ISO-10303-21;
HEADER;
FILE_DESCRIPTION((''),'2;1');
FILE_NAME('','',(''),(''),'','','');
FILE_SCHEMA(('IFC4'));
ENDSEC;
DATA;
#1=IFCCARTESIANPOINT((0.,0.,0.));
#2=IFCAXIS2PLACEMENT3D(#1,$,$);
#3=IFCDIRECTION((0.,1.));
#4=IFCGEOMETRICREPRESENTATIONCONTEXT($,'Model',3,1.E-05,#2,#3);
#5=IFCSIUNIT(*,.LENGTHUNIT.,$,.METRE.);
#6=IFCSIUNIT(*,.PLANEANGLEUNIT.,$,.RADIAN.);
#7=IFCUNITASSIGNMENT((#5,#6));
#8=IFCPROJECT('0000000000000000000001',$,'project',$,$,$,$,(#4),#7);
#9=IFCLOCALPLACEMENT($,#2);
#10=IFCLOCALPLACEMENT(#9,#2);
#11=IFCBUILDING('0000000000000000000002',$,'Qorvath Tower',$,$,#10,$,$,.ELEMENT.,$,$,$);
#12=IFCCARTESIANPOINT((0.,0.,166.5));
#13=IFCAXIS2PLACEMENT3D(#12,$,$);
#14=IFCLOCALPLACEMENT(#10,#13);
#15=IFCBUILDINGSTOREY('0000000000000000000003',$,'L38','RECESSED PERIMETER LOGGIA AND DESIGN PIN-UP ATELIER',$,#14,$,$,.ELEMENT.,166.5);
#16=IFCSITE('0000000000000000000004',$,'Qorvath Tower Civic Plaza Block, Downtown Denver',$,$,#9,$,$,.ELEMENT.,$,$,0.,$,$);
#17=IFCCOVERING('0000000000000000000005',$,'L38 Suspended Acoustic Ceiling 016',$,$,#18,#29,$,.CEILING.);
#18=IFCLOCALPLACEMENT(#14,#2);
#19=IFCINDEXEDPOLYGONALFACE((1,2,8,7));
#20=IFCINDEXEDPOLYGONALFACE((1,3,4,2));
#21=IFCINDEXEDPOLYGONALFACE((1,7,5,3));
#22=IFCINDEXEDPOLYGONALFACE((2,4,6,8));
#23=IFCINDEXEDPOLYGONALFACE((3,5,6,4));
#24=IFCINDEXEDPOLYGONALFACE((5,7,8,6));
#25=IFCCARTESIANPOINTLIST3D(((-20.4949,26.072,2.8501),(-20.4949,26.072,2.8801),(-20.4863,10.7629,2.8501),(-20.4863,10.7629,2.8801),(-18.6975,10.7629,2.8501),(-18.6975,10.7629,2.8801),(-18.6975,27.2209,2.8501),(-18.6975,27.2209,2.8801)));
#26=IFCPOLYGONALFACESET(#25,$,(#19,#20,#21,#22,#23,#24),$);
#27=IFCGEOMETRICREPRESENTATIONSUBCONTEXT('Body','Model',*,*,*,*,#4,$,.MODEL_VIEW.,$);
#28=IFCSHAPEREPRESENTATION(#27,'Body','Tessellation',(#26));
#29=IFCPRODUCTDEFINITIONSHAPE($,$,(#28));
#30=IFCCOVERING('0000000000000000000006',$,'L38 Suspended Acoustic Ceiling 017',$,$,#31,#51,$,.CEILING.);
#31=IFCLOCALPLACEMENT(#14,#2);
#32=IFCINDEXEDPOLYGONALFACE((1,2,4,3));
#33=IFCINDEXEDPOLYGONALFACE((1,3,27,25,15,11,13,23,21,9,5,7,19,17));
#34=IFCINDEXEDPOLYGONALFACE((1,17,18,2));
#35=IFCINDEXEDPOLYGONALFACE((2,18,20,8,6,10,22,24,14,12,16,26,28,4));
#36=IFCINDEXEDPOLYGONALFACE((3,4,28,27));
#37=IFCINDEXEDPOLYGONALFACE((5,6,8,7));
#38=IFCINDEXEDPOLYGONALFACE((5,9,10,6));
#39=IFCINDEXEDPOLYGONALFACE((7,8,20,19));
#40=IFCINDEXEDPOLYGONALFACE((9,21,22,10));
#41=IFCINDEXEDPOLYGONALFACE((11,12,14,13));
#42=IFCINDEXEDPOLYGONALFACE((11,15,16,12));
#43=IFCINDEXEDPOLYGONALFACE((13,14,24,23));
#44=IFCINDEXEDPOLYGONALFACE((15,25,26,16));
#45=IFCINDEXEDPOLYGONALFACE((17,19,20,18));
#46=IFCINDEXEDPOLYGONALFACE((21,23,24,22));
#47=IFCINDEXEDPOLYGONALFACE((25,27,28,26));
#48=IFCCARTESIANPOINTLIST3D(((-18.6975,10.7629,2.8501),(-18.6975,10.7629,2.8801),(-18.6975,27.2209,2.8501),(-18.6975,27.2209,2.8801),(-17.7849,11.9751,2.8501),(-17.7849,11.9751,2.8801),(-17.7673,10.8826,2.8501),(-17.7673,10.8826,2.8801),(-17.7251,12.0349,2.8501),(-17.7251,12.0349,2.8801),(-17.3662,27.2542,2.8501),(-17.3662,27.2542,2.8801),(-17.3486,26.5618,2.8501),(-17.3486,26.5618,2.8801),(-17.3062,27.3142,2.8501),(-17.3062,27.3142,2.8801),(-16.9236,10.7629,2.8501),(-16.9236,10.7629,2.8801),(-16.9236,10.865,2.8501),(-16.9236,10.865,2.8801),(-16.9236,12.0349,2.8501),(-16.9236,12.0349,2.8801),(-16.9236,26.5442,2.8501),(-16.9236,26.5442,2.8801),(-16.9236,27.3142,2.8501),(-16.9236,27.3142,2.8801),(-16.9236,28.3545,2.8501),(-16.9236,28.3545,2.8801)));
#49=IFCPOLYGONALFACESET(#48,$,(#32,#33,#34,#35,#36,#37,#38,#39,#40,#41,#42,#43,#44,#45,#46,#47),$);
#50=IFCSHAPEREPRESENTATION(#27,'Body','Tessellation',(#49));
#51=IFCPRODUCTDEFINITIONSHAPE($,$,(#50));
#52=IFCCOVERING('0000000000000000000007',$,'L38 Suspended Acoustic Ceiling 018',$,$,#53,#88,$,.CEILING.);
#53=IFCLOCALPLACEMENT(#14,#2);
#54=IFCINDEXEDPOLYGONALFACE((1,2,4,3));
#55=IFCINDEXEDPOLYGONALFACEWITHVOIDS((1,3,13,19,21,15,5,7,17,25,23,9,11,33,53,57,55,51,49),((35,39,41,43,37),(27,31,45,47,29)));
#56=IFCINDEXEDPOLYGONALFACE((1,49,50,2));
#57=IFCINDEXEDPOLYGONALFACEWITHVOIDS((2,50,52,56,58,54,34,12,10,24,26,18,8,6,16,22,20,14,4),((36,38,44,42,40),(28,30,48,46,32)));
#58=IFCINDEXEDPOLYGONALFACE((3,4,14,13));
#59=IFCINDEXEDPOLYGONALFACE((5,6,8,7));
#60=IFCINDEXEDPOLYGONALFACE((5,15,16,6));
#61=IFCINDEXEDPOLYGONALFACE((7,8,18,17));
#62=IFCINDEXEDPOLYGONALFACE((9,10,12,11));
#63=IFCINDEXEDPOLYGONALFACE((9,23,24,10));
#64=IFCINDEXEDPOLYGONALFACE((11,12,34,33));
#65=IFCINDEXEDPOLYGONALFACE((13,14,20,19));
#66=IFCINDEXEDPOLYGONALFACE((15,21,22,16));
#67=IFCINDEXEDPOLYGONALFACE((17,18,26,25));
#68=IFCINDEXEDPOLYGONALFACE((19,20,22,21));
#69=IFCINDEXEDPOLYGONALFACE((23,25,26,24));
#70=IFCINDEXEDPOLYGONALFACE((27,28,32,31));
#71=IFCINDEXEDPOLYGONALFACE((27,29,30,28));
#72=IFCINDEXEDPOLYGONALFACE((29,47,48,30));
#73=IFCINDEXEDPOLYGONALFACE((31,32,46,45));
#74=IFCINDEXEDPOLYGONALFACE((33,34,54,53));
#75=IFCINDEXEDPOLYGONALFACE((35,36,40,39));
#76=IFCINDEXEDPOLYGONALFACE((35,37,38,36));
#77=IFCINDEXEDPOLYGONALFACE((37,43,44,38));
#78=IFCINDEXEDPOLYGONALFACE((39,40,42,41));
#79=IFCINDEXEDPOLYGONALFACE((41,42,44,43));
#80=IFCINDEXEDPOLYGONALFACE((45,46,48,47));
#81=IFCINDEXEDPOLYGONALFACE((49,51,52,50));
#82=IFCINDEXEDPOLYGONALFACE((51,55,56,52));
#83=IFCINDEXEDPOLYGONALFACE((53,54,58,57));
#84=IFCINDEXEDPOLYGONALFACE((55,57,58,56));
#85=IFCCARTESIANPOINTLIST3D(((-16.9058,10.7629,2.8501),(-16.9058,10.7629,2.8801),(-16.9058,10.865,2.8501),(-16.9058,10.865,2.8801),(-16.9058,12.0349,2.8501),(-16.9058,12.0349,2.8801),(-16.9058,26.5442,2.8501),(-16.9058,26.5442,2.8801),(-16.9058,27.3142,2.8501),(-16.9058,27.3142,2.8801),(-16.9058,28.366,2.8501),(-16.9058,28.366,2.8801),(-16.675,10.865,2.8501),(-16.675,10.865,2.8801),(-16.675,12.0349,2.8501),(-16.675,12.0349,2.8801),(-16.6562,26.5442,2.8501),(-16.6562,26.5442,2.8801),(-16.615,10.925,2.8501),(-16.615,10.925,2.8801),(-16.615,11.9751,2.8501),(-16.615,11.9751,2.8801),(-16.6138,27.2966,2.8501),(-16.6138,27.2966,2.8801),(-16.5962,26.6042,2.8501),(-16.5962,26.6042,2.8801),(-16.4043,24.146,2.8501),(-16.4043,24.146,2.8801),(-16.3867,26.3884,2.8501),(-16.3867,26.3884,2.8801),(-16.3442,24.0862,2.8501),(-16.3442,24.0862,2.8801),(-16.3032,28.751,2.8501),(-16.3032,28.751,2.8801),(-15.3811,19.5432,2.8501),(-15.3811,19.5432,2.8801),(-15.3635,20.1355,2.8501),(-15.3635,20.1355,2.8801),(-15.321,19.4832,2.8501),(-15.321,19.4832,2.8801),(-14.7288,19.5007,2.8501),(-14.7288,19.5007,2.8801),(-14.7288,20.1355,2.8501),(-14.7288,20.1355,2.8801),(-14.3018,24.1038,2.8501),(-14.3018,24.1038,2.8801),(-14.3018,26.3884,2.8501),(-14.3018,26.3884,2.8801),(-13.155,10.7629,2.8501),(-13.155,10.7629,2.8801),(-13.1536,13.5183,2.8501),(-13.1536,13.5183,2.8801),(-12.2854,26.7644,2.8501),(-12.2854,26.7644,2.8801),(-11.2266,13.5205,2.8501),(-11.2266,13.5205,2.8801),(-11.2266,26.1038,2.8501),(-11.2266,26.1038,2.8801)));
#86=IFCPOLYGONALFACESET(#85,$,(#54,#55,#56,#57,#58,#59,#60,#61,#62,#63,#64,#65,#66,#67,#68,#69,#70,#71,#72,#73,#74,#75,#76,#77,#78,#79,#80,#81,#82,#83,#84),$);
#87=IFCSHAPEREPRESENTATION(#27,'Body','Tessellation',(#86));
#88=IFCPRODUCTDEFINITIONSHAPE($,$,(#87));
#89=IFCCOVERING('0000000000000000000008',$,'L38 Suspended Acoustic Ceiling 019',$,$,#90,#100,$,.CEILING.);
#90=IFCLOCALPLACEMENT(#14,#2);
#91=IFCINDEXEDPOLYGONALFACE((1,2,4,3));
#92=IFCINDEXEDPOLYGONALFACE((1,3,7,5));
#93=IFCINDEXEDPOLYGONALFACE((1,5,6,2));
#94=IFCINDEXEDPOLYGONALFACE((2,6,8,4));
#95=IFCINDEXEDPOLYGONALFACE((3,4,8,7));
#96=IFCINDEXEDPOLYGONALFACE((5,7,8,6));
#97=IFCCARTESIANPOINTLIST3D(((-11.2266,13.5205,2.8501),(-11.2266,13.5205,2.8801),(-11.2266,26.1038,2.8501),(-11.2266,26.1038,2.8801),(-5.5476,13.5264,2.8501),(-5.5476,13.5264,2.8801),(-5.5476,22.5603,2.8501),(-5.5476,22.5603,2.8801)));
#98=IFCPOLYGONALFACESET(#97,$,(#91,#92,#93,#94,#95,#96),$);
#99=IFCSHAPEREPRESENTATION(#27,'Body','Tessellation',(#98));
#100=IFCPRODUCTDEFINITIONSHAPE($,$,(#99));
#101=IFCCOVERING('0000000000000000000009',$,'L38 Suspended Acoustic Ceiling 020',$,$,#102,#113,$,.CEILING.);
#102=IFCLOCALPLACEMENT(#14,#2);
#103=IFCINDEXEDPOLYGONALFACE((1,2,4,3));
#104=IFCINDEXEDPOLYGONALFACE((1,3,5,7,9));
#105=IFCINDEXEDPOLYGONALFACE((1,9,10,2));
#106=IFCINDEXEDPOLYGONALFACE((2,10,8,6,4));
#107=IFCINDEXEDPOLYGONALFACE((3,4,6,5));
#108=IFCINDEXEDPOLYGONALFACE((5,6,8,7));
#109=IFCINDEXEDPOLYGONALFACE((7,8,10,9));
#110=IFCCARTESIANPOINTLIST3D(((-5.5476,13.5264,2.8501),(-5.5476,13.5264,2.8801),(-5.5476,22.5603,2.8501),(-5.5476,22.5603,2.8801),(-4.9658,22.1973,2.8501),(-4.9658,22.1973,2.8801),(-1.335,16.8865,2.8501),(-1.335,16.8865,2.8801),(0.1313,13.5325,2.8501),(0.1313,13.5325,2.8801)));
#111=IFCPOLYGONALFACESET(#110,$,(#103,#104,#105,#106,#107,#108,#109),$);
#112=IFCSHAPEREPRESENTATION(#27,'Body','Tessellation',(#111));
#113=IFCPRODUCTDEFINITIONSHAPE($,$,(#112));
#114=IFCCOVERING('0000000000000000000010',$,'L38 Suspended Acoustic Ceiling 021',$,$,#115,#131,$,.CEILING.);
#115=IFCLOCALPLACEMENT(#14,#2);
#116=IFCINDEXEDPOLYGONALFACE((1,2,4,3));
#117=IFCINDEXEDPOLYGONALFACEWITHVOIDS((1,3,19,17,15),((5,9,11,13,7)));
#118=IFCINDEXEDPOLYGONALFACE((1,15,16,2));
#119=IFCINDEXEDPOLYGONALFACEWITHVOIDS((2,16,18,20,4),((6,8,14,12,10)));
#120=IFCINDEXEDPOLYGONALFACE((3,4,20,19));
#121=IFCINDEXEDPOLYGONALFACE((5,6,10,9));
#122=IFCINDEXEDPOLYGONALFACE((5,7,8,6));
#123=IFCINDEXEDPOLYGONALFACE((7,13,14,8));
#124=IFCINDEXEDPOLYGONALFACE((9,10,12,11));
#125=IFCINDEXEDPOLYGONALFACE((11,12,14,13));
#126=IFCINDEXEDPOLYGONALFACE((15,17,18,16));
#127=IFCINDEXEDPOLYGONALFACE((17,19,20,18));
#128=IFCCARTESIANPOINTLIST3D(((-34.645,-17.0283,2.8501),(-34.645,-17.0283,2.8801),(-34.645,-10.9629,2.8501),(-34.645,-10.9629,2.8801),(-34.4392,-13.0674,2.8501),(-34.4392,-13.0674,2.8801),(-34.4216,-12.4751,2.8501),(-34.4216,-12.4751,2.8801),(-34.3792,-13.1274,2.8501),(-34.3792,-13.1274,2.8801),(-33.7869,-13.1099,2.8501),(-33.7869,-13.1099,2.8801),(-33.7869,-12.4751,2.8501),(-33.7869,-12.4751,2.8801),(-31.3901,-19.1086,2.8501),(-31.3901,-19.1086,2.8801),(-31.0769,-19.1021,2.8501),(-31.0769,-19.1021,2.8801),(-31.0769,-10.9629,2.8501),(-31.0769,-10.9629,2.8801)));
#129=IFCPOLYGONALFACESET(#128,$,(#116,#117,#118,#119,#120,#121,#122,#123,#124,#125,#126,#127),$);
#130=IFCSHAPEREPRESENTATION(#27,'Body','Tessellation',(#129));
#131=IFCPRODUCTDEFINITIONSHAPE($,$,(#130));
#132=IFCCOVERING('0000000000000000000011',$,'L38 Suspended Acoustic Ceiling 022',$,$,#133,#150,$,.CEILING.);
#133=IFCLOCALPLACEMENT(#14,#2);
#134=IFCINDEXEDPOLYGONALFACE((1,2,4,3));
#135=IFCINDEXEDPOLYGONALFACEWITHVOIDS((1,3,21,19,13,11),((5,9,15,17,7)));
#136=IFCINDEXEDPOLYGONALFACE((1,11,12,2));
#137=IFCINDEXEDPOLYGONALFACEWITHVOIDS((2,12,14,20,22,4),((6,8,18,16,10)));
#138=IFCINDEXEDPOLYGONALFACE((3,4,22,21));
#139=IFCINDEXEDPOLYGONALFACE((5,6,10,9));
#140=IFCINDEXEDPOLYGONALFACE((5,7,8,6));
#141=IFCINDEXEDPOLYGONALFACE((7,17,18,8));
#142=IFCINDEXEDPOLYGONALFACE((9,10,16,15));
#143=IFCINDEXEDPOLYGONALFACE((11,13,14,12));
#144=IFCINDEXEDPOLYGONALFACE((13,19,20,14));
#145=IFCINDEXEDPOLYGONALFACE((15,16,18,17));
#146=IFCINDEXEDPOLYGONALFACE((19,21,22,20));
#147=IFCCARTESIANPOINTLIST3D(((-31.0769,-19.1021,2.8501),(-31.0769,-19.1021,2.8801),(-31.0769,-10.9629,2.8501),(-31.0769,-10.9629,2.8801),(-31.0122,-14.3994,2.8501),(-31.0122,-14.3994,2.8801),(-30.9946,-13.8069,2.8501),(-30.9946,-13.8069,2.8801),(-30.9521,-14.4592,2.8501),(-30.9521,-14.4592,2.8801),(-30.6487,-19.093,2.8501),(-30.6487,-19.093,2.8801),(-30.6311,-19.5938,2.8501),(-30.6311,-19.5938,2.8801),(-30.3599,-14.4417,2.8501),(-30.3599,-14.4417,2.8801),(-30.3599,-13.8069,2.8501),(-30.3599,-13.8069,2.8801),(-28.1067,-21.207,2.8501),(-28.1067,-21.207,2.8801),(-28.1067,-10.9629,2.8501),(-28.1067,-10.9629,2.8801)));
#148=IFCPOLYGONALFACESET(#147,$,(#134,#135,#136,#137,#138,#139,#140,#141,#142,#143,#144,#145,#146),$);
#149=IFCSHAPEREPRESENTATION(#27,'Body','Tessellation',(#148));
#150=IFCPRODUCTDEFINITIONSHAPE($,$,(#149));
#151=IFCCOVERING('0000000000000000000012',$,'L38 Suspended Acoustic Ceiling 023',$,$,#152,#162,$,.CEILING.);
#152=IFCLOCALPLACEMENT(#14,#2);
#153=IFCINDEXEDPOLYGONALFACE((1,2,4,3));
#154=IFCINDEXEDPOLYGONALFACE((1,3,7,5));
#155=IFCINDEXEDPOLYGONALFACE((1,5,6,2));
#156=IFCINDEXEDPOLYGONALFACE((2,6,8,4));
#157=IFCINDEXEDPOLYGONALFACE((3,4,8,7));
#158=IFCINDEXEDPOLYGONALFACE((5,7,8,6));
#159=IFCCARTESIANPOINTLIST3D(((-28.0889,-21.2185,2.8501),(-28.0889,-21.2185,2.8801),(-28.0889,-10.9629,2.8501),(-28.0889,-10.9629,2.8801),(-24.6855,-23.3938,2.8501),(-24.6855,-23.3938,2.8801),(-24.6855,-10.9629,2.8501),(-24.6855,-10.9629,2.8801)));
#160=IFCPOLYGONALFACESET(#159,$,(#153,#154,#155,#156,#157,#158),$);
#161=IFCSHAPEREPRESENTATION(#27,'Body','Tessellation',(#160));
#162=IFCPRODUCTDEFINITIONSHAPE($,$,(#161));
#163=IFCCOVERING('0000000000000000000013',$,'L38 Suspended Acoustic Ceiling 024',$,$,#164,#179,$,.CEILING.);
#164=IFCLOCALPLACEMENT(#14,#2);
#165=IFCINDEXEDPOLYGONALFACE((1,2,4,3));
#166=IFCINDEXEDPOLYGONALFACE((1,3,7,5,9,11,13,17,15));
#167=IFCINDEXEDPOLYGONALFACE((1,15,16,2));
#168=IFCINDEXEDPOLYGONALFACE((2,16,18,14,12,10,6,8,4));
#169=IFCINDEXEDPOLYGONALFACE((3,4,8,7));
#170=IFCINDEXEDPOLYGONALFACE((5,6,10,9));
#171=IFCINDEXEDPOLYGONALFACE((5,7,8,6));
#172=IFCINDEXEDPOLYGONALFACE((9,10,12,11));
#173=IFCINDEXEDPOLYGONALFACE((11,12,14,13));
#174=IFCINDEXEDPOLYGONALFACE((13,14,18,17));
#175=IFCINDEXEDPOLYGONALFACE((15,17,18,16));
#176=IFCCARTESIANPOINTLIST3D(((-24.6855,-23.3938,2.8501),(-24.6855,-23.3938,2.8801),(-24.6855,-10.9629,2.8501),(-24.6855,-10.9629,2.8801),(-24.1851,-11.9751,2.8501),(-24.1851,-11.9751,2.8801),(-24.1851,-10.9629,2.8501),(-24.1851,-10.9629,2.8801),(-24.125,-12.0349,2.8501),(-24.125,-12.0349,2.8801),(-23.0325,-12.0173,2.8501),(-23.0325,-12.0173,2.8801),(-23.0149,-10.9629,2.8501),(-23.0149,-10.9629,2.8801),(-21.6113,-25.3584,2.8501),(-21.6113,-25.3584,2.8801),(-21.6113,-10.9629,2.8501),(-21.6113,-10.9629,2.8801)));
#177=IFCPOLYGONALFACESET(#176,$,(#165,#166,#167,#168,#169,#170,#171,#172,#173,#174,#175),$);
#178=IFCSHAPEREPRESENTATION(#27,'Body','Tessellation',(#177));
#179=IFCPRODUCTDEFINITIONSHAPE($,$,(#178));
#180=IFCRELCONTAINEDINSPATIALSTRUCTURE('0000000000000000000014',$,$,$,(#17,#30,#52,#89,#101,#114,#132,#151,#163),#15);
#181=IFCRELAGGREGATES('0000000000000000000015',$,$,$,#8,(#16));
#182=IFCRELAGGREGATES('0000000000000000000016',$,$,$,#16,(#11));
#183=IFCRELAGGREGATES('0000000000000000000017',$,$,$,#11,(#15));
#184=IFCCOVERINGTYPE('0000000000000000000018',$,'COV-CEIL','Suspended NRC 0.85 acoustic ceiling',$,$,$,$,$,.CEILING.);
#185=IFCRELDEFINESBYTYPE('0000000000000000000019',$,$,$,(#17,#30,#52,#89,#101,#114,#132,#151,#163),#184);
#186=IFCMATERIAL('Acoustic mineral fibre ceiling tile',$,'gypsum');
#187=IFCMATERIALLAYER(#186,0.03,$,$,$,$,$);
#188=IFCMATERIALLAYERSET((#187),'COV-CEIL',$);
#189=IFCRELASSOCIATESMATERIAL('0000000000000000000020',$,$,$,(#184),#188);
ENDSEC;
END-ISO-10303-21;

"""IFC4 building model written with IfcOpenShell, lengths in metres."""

from ifc_helpers import new_model, si_unit, direction, frame, origin, place, context, subcontext, project, spatial, polyline, outline, extrude, material, layer, layer_set, type_object, element, save


model = new_model("IFC4")

# Units and contexts
model_context = context("Model", 3, precision=1e-05, world=origin(), true_north=direction((0.0, 1.0)))
body_context = subcontext(model_context, "Body", "Model", "MODEL_VIEW")
ifc_project = project(units=[si_unit("LENGTHUNIT", "METRE"), si_unit("PLANEANGLEUNIT", "RADIAN")], contexts=[model_context])

# Site, building, storey
site_placement = place(None, origin())
site = spatial("IfcSite", under=ifc_project, at=site_placement, Name="Qorvath Tower Civic Plaza Block, Downtown Denver", CompositionType="ELEMENT", RefElevation=0.0)
building_placement = place(site_placement, origin())
building = spatial("IfcBuilding", under=site, at=building_placement, Name="Qorvath Tower", CompositionType="ELEMENT")
storey_placement = place(building_placement, frame((0.0, 0.0, 166.5)))
storey = spatial("IfcBuildingStorey", under=building, at=storey_placement, Name="L38", Description="RECESSED PERIMETER LOGGIA AND DESIGN PIN-UP ATELIER", CompositionType="ELEMENT", Elevation=166.5)

# Coverings
ifc_material_1 = material(Name="Acoustic mineral fibre ceiling tile", Category="gypsum")
ifc_layer_1 = layer(ifc_material_1, 0.03)
ifc_layer_set_1 = layer_set([ifc_layer_1], Name="COV-CEIL")
covering_type_1 = type_object("IfcCoveringType", Name="COV-CEIL", Description="Suspended NRC 0.85 acoustic ceiling", PredefinedType="CEILING", material=ifc_layer_set_1)
covering_1_placement = place(storey_placement, frame((0.0, 0.0, 2.8501)))
element("IfcCovering", 1, at=covering_1_placement, inside=storey, type_object=covering_type_1, Name="L38 Suspended Acoustic Ceiling 016", PredefinedType="CEILING", context=body_context, shape_type="SweptSolid", body=[
    extrude(outline(polyline([(-18.6975, 10.7629), (-18.6975, 27.2209), (-20.4949, 26.072), (-20.4863, 10.7629), (-18.6975, 10.7629)])), origin(), (0.0, 0.0, 1.0), 0.03),
])
covering_2_placement = place(storey_placement, frame((0.0, 0.0, 2.8501)))
element("IfcCovering", 2, at=covering_2_placement, inside=storey, type_object=covering_type_1, Name="L38 Suspended Acoustic Ceiling 017", PredefinedType="CEILING", context=body_context, shape_type="SweptSolid", body=[
    extrude(outline(polyline([(-17.7251, 12.0349), (-16.9236, 12.0349), (-16.9236, 26.5442), (-17.3486, 26.5618), (-17.3662, 27.2542), (-17.3062, 27.3142), (-16.9236, 27.3142), (-16.9236, 28.3545), (-18.6975, 27.2209), (-18.6975, 10.7629), (-16.9236, 10.7629), (-16.9236, 10.865), (-17.7673, 10.8826), (-17.7849, 11.9751), (-17.7251, 12.0349)])), origin(), (0.0, 0.0, 1.0), 0.03),
])
covering_3_placement = place(storey_placement, frame((0.0, 0.0, 2.8501)))
element("IfcCovering", 3, at=covering_3_placement, inside=storey, type_object=covering_type_1, Name="L38 Suspended Acoustic Ceiling 018", PredefinedType="CEILING", context=body_context, shape_type="SweptSolid", body=[
    extrude(outline(polyline([(-13.1536, 13.5183), (-11.2266, 13.5205), (-11.2266, 26.1038), (-12.2854, 26.7644), (-16.3032, 28.751), (-16.9058, 28.366), (-16.9058, 27.3142), (-16.6138, 27.2966), (-16.5962, 26.6042), (-16.6562, 26.5442), (-16.9058, 26.5442), (-16.9058, 12.0349), (-16.675, 12.0349), (-16.615, 11.9751), (-16.615, 10.925), (-16.675, 10.865), (-16.9058, 10.865), (-16.9058, 10.7629), (-13.155, 10.7629), (-13.1536, 13.5183)]), holes=[polyline([(-16.4043, 24.146), (-16.3867, 26.3884), (-14.3018, 26.3884), (-14.3018, 24.1038), (-16.3442, 24.0862), (-16.4043, 24.146)]), polyline([(-15.3811, 19.5432), (-15.3635, 20.1355), (-14.7288, 20.1355), (-14.7288, 19.5007), (-15.321, 19.4832), (-15.3811, 19.5432)])]), origin(), (0.0, 0.0, 1.0), 0.03),
])
covering_4_placement = place(storey_placement, frame((0.0, 0.0, 2.8501)))
element("IfcCovering", 4, at=covering_4_placement, inside=storey, type_object=covering_type_1, Name="L38 Suspended Acoustic Ceiling 019", PredefinedType="CEILING", context=body_context, shape_type="SweptSolid", body=[
    extrude(outline(polyline([(-11.2266, 26.1038), (-11.2266, 13.5205), (-5.5476, 13.5264), (-5.5476, 22.5603), (-11.2266, 26.1038)])), origin(), (0.0, 0.0, 1.0), 0.03),
])
covering_5_placement = place(storey_placement, frame((0.0, 0.0, 2.8501)))
element("IfcCovering", 5, at=covering_5_placement, inside=storey, type_object=covering_type_1, Name="L38 Suspended Acoustic Ceiling 020", PredefinedType="CEILING", context=body_context, shape_type="SweptSolid", body=[
    extrude(outline(polyline([(-5.5476, 22.5603), (-5.5476, 13.5264), (0.1313, 13.5325), (-1.335, 16.8865), (-4.9658, 22.1973), (-5.5476, 22.5603)])), origin(), (0.0, 0.0, 1.0), 0.03),
])
covering_6_placement = place(storey_placement, frame((0.0, 0.0, 2.8501)))
element("IfcCovering", 6, at=covering_6_placement, inside=storey, type_object=covering_type_1, Name="L38 Suspended Acoustic Ceiling 021", PredefinedType="CEILING", context=body_context, shape_type="SweptSolid", body=[
    extrude(outline(polyline([(-34.645, -10.9629), (-34.645, -17.0283), (-31.3901, -19.1086), (-31.0769, -19.1021), (-31.0769, -10.9629), (-34.645, -10.9629)]), holes=[polyline([(-34.4392, -13.0674), (-34.4216, -12.4751), (-33.7869, -12.4751), (-33.7869, -13.1099), (-34.3792, -13.1274), (-34.4392, -13.0674)])]), origin(), (0.0, 0.0, 1.0), 0.03),
])
covering_7_placement = place(storey_placement, frame((0.0, 0.0, 2.8501)))
element("IfcCovering", 7, at=covering_7_placement, inside=storey, type_object=covering_type_1, Name="L38 Suspended Acoustic Ceiling 022", PredefinedType="CEILING", context=body_context, shape_type="SweptSolid", body=[
    extrude(outline(polyline([(-31.0769, -10.9629), (-31.0769, -19.1021), (-30.6487, -19.093), (-30.6311, -19.5938), (-28.1067, -21.207), (-28.1067, -10.9629), (-31.0769, -10.9629)]), holes=[polyline([(-31.0122, -14.3994), (-30.9946, -13.8069), (-30.3599, -13.8069), (-30.3599, -14.4417), (-30.9521, -14.4592), (-31.0122, -14.3994)])]), origin(), (0.0, 0.0, 1.0), 0.03),
])
covering_8_placement = place(storey_placement, frame((0.0, 0.0, 2.8501)))
element("IfcCovering", 8, at=covering_8_placement, inside=storey, type_object=covering_type_1, Name="L38 Suspended Acoustic Ceiling 023", PredefinedType="CEILING", context=body_context, shape_type="SweptSolid", body=[
    extrude(outline(polyline([(-24.6855, -23.3938), (-24.6855, -10.9629), (-28.0889, -10.9629), (-28.0889, -21.2185), (-24.6855, -23.3938)])), origin(), (0.0, 0.0, 1.0), 0.03),
])
covering_9_placement = place(storey_placement, frame((0.0, 0.0, 2.8501)))
element("IfcCovering", 9, at=covering_9_placement, inside=storey, type_object=covering_type_1, Name="L38 Suspended Acoustic Ceiling 024", PredefinedType="CEILING", context=body_context, shape_type="SweptSolid", body=[
    extrude(outline(polyline([(-21.6113, -25.3584), (-21.6113, -10.9629), (-23.0149, -10.9629), (-23.0325, -12.0173), (-24.125, -12.0349), (-24.1851, -11.9751), (-24.1851, -10.9629), (-24.6855, -10.9629), (-24.6855, -23.3938), (-21.6113, -25.3584)])), origin(), (0.0, 0.0, 1.0), 0.03),
])

save(model, "model.ifc")
